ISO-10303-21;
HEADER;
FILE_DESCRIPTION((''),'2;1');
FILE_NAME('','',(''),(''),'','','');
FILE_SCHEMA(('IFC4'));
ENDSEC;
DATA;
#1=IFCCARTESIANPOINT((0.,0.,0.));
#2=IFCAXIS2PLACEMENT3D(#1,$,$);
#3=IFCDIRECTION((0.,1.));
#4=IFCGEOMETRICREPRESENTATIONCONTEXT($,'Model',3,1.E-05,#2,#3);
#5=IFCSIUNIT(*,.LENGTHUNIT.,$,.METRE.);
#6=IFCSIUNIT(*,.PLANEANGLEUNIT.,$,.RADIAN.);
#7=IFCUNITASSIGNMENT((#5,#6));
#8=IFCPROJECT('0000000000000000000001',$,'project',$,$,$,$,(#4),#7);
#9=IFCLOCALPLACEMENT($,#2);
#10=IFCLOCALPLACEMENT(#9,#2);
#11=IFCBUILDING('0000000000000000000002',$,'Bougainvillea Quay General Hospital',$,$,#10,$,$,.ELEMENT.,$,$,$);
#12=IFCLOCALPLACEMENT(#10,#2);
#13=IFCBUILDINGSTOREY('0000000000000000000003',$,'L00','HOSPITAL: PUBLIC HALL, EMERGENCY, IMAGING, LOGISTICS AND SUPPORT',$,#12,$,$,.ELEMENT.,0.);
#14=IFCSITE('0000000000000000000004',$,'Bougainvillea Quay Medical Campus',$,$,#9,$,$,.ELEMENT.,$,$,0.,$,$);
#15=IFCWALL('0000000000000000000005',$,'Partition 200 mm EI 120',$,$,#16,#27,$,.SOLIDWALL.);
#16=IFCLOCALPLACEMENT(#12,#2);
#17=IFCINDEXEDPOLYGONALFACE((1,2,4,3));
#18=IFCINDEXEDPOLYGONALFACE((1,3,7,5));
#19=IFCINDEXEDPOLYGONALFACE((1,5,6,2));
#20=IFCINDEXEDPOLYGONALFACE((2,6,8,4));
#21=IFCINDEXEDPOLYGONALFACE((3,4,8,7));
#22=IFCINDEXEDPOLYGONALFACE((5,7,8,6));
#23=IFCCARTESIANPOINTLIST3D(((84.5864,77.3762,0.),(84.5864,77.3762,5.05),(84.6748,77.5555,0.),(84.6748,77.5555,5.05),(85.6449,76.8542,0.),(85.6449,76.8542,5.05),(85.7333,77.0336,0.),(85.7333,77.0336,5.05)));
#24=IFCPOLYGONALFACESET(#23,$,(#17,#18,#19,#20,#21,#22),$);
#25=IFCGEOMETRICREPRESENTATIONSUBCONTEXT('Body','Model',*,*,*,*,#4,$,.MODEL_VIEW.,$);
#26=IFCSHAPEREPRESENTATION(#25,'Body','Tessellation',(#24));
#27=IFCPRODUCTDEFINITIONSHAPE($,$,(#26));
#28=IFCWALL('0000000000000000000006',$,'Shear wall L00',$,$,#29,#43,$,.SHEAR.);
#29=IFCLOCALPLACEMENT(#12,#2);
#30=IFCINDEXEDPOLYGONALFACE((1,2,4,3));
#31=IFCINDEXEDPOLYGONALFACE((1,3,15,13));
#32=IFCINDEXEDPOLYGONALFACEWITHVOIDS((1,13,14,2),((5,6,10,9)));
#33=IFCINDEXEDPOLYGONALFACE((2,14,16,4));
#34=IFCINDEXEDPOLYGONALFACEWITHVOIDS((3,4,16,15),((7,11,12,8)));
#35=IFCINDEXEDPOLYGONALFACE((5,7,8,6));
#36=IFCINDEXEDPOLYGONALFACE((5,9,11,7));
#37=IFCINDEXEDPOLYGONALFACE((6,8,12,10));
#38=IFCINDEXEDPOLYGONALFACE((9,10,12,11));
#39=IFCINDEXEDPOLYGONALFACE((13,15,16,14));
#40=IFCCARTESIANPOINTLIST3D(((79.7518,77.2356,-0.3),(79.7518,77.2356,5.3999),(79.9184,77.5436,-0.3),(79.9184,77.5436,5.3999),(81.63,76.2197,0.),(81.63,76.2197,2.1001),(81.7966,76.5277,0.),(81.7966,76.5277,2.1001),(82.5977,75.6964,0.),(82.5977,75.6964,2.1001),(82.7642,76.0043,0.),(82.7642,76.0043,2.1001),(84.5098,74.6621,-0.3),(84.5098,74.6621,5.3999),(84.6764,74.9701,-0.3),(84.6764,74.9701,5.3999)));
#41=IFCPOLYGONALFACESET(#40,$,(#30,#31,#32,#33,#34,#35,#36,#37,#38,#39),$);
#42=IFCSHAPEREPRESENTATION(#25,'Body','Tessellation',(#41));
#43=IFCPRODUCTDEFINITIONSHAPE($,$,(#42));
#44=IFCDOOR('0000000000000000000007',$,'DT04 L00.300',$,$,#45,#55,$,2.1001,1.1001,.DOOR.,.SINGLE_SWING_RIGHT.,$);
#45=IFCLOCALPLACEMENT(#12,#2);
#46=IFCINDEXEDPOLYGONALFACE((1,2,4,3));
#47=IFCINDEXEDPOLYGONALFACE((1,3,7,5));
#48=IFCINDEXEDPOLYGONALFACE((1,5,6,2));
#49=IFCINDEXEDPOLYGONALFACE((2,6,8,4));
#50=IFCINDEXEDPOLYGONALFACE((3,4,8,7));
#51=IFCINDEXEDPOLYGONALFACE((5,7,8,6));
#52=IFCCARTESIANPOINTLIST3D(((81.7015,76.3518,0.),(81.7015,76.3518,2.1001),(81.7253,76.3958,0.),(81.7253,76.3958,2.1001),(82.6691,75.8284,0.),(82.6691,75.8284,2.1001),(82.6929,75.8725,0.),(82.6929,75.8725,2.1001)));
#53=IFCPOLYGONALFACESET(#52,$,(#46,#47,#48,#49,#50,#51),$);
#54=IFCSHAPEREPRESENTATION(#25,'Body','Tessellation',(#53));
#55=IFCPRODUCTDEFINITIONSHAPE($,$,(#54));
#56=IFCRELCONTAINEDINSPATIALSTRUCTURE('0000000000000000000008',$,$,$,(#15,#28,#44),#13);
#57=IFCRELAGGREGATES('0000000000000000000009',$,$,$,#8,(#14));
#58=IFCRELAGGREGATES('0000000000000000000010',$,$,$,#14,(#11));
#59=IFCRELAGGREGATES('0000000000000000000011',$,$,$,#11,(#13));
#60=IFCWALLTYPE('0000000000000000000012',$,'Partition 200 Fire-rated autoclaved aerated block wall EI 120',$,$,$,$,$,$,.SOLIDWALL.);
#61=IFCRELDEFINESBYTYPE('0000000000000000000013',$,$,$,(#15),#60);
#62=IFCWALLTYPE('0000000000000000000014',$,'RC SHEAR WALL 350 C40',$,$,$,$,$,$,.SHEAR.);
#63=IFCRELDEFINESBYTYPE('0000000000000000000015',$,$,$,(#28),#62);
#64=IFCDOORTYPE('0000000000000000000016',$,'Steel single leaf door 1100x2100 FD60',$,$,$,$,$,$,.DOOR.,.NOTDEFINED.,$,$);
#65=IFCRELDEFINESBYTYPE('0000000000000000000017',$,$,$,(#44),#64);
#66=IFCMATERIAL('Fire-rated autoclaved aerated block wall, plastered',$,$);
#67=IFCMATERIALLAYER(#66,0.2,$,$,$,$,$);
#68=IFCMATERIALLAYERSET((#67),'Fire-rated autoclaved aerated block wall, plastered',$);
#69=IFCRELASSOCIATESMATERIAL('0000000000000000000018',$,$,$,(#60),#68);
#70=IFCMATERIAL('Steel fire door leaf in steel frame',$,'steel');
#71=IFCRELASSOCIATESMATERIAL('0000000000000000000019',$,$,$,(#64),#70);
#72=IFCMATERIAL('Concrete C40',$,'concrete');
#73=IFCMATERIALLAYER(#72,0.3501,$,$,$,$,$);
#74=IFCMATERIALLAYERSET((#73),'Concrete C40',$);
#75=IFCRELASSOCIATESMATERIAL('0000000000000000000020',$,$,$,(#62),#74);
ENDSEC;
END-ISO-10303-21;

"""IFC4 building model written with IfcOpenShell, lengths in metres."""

from ifc_helpers import new_model, si_unit, direction, frame, frame_2d, origin, place, context, subcontext, project, spatial, rectangle, extrude, material, layer, layer_set, type_object, element, fill, save


model = new_model("IFC4")

# Units and contexts
model_context = context("Model", 3, precision=1e-05, world=origin(), true_north=direction((0.0, 1.0)))
body_context = subcontext(model_context, "Body", "Model", "MODEL_VIEW")
ifc_project = project(units=[si_unit("LENGTHUNIT", "METRE"), si_unit("PLANEANGLEUNIT", "RADIAN")], contexts=[model_context])

# Site, building, storey
site_placement = place(None, origin())
site = spatial("IfcSite", under=ifc_project, at=site_placement, Name="Bougainvillea Quay Medical Campus", CompositionType="ELEMENT", RefElevation=0.0)
building_placement = place(site_placement, origin())
building = spatial("IfcBuilding", under=site, at=building_placement, Name="Bougainvillea Quay General Hospital", CompositionType="ELEMENT")
storey_placement = place(building_placement, origin())
storey = spatial("IfcBuildingStorey", under=building, at=storey_placement, Name="L00", Description="HOSPITAL: PUBLIC HALL, EMERGENCY, IMAGING, LOGISTICS AND SUPPORT", CompositionType="ELEMENT", Elevation=0.0)

# Shared definitions
ifc_material_1 = material(Name="Fire-rated autoclaved aerated block wall, plastered")
ifc_layer_1 = layer(ifc_material_1, 0.2)
ifc_layer_set_1 = layer_set([ifc_layer_1], Name="Fire-rated autoclaved aerated block wall, plastered")
wall_type_1 = type_object("IfcWallType", Name="Partition 200 Fire-rated autoclaved aerated block wall EI 120", PredefinedType="SOLIDWALL", material=ifc_layer_set_1)

# Shared definitions
ifc_material_2 = material(Name="Steel fire door leaf in steel frame", Category="steel")
door_type_1 = type_object("IfcDoorType", Name="Steel single leaf door 1100x2100 FD60", OperationType="NOTDEFINED", PredefinedType="DOOR", material=ifc_material_2)

# Wall
wall_1_placement = place(storey_placement, frame((84.6306, 77.4658, 0.0), z_axis=(0.0, 0.0, 1.0), x_axis=(0.896896, -0.442242, 0.0)))
element("IfcWall", 1, at=wall_1_placement, inside=storey, type_object=wall_type_1, Name="Partition 200 mm EI 120", PredefinedType="SOLIDWALL", context=body_context, shape_type="SweptSolid", body=[
    extrude(rectangle(XDim=1.1802, YDim=0.2, at=frame_2d((0.5901, 0.0))), origin(), (0.0, 0.0, 1.0), 5.05),
])

# Wall, opening, door
ifc_material_3 = material(Name="Concrete C40", Category="concrete")
ifc_layer_2 = layer(ifc_material_3, 0.3501)
ifc_layer_set_2 = layer_set([ifc_layer_2], Name="Concrete C40")
wall_type_2 = type_object("IfcWallType", Name="RC SHEAR WALL 350 C40", PredefinedType="SHEAR", material=ifc_layer_set_2)
wall_2_placement = place(storey_placement, frame((84.593, 74.8162, -0.3), z_axis=(0.0, 0.0, 1.0), x_axis=(-0.879586, 0.475741, 0.0)))
wall_2 = element("IfcWall", 2, at=wall_2_placement, inside=storey, type_object=wall_type_2, Name="Shear wall L00", PredefinedType="SHEAR", context=body_context, shape_type="SweptSolid", body=[
    extrude(rectangle(XDim=5.4094, YDim=0.3501, at=frame_2d((2.7046, 0.0))), origin(), (0.0, 0.0, 1.0), 5.7),
])
opening_1_placement = place(wall_2_placement, frame((2.1738, 0.0, 0.3)))
opening_1 = element("IfcOpeningElement", 3, at=opening_1_placement, cuts=wall_2, PredefinedType="OPENING", context=body_context, shape_type="SweptSolid", body=[
    extrude(rectangle(XDim=1.1001, YDim=2.1001, at=frame_2d((0.55, 1.05))), frame((0.0, 0.1851, 0.0), z_axis=(0.0, -1.0, 0.0), x_axis=(1.0, 0.0, 0.0)), (0.0, 0.0, 1.0), 0.3701),
])
door_1_placement = place(opening_1_placement, origin())
door_1 = element("IfcDoor", 4, at=door_1_placement, inside=storey, type_object=door_type_1, Name="DT04 L00.300", OperationType="SINGLE_SWING_RIGHT", OverallHeight=2.1001, OverallWidth=1.1001, PredefinedType="DOOR", context=body_context, shape_type="SweptSolid", body=[
    extrude(rectangle(XDim=1.1001, YDim=2.1001, at=frame_2d((0.55, 1.05))), frame((0.0, 0.0249, 0.0), z_axis=(0.0, -1.0, 0.0), x_axis=(1.0, 0.0, 0.0)), (0.0, 0.0, 1.0), 0.05),
])
fill(opening_1, door_1)

save(model, "model.ifc")
